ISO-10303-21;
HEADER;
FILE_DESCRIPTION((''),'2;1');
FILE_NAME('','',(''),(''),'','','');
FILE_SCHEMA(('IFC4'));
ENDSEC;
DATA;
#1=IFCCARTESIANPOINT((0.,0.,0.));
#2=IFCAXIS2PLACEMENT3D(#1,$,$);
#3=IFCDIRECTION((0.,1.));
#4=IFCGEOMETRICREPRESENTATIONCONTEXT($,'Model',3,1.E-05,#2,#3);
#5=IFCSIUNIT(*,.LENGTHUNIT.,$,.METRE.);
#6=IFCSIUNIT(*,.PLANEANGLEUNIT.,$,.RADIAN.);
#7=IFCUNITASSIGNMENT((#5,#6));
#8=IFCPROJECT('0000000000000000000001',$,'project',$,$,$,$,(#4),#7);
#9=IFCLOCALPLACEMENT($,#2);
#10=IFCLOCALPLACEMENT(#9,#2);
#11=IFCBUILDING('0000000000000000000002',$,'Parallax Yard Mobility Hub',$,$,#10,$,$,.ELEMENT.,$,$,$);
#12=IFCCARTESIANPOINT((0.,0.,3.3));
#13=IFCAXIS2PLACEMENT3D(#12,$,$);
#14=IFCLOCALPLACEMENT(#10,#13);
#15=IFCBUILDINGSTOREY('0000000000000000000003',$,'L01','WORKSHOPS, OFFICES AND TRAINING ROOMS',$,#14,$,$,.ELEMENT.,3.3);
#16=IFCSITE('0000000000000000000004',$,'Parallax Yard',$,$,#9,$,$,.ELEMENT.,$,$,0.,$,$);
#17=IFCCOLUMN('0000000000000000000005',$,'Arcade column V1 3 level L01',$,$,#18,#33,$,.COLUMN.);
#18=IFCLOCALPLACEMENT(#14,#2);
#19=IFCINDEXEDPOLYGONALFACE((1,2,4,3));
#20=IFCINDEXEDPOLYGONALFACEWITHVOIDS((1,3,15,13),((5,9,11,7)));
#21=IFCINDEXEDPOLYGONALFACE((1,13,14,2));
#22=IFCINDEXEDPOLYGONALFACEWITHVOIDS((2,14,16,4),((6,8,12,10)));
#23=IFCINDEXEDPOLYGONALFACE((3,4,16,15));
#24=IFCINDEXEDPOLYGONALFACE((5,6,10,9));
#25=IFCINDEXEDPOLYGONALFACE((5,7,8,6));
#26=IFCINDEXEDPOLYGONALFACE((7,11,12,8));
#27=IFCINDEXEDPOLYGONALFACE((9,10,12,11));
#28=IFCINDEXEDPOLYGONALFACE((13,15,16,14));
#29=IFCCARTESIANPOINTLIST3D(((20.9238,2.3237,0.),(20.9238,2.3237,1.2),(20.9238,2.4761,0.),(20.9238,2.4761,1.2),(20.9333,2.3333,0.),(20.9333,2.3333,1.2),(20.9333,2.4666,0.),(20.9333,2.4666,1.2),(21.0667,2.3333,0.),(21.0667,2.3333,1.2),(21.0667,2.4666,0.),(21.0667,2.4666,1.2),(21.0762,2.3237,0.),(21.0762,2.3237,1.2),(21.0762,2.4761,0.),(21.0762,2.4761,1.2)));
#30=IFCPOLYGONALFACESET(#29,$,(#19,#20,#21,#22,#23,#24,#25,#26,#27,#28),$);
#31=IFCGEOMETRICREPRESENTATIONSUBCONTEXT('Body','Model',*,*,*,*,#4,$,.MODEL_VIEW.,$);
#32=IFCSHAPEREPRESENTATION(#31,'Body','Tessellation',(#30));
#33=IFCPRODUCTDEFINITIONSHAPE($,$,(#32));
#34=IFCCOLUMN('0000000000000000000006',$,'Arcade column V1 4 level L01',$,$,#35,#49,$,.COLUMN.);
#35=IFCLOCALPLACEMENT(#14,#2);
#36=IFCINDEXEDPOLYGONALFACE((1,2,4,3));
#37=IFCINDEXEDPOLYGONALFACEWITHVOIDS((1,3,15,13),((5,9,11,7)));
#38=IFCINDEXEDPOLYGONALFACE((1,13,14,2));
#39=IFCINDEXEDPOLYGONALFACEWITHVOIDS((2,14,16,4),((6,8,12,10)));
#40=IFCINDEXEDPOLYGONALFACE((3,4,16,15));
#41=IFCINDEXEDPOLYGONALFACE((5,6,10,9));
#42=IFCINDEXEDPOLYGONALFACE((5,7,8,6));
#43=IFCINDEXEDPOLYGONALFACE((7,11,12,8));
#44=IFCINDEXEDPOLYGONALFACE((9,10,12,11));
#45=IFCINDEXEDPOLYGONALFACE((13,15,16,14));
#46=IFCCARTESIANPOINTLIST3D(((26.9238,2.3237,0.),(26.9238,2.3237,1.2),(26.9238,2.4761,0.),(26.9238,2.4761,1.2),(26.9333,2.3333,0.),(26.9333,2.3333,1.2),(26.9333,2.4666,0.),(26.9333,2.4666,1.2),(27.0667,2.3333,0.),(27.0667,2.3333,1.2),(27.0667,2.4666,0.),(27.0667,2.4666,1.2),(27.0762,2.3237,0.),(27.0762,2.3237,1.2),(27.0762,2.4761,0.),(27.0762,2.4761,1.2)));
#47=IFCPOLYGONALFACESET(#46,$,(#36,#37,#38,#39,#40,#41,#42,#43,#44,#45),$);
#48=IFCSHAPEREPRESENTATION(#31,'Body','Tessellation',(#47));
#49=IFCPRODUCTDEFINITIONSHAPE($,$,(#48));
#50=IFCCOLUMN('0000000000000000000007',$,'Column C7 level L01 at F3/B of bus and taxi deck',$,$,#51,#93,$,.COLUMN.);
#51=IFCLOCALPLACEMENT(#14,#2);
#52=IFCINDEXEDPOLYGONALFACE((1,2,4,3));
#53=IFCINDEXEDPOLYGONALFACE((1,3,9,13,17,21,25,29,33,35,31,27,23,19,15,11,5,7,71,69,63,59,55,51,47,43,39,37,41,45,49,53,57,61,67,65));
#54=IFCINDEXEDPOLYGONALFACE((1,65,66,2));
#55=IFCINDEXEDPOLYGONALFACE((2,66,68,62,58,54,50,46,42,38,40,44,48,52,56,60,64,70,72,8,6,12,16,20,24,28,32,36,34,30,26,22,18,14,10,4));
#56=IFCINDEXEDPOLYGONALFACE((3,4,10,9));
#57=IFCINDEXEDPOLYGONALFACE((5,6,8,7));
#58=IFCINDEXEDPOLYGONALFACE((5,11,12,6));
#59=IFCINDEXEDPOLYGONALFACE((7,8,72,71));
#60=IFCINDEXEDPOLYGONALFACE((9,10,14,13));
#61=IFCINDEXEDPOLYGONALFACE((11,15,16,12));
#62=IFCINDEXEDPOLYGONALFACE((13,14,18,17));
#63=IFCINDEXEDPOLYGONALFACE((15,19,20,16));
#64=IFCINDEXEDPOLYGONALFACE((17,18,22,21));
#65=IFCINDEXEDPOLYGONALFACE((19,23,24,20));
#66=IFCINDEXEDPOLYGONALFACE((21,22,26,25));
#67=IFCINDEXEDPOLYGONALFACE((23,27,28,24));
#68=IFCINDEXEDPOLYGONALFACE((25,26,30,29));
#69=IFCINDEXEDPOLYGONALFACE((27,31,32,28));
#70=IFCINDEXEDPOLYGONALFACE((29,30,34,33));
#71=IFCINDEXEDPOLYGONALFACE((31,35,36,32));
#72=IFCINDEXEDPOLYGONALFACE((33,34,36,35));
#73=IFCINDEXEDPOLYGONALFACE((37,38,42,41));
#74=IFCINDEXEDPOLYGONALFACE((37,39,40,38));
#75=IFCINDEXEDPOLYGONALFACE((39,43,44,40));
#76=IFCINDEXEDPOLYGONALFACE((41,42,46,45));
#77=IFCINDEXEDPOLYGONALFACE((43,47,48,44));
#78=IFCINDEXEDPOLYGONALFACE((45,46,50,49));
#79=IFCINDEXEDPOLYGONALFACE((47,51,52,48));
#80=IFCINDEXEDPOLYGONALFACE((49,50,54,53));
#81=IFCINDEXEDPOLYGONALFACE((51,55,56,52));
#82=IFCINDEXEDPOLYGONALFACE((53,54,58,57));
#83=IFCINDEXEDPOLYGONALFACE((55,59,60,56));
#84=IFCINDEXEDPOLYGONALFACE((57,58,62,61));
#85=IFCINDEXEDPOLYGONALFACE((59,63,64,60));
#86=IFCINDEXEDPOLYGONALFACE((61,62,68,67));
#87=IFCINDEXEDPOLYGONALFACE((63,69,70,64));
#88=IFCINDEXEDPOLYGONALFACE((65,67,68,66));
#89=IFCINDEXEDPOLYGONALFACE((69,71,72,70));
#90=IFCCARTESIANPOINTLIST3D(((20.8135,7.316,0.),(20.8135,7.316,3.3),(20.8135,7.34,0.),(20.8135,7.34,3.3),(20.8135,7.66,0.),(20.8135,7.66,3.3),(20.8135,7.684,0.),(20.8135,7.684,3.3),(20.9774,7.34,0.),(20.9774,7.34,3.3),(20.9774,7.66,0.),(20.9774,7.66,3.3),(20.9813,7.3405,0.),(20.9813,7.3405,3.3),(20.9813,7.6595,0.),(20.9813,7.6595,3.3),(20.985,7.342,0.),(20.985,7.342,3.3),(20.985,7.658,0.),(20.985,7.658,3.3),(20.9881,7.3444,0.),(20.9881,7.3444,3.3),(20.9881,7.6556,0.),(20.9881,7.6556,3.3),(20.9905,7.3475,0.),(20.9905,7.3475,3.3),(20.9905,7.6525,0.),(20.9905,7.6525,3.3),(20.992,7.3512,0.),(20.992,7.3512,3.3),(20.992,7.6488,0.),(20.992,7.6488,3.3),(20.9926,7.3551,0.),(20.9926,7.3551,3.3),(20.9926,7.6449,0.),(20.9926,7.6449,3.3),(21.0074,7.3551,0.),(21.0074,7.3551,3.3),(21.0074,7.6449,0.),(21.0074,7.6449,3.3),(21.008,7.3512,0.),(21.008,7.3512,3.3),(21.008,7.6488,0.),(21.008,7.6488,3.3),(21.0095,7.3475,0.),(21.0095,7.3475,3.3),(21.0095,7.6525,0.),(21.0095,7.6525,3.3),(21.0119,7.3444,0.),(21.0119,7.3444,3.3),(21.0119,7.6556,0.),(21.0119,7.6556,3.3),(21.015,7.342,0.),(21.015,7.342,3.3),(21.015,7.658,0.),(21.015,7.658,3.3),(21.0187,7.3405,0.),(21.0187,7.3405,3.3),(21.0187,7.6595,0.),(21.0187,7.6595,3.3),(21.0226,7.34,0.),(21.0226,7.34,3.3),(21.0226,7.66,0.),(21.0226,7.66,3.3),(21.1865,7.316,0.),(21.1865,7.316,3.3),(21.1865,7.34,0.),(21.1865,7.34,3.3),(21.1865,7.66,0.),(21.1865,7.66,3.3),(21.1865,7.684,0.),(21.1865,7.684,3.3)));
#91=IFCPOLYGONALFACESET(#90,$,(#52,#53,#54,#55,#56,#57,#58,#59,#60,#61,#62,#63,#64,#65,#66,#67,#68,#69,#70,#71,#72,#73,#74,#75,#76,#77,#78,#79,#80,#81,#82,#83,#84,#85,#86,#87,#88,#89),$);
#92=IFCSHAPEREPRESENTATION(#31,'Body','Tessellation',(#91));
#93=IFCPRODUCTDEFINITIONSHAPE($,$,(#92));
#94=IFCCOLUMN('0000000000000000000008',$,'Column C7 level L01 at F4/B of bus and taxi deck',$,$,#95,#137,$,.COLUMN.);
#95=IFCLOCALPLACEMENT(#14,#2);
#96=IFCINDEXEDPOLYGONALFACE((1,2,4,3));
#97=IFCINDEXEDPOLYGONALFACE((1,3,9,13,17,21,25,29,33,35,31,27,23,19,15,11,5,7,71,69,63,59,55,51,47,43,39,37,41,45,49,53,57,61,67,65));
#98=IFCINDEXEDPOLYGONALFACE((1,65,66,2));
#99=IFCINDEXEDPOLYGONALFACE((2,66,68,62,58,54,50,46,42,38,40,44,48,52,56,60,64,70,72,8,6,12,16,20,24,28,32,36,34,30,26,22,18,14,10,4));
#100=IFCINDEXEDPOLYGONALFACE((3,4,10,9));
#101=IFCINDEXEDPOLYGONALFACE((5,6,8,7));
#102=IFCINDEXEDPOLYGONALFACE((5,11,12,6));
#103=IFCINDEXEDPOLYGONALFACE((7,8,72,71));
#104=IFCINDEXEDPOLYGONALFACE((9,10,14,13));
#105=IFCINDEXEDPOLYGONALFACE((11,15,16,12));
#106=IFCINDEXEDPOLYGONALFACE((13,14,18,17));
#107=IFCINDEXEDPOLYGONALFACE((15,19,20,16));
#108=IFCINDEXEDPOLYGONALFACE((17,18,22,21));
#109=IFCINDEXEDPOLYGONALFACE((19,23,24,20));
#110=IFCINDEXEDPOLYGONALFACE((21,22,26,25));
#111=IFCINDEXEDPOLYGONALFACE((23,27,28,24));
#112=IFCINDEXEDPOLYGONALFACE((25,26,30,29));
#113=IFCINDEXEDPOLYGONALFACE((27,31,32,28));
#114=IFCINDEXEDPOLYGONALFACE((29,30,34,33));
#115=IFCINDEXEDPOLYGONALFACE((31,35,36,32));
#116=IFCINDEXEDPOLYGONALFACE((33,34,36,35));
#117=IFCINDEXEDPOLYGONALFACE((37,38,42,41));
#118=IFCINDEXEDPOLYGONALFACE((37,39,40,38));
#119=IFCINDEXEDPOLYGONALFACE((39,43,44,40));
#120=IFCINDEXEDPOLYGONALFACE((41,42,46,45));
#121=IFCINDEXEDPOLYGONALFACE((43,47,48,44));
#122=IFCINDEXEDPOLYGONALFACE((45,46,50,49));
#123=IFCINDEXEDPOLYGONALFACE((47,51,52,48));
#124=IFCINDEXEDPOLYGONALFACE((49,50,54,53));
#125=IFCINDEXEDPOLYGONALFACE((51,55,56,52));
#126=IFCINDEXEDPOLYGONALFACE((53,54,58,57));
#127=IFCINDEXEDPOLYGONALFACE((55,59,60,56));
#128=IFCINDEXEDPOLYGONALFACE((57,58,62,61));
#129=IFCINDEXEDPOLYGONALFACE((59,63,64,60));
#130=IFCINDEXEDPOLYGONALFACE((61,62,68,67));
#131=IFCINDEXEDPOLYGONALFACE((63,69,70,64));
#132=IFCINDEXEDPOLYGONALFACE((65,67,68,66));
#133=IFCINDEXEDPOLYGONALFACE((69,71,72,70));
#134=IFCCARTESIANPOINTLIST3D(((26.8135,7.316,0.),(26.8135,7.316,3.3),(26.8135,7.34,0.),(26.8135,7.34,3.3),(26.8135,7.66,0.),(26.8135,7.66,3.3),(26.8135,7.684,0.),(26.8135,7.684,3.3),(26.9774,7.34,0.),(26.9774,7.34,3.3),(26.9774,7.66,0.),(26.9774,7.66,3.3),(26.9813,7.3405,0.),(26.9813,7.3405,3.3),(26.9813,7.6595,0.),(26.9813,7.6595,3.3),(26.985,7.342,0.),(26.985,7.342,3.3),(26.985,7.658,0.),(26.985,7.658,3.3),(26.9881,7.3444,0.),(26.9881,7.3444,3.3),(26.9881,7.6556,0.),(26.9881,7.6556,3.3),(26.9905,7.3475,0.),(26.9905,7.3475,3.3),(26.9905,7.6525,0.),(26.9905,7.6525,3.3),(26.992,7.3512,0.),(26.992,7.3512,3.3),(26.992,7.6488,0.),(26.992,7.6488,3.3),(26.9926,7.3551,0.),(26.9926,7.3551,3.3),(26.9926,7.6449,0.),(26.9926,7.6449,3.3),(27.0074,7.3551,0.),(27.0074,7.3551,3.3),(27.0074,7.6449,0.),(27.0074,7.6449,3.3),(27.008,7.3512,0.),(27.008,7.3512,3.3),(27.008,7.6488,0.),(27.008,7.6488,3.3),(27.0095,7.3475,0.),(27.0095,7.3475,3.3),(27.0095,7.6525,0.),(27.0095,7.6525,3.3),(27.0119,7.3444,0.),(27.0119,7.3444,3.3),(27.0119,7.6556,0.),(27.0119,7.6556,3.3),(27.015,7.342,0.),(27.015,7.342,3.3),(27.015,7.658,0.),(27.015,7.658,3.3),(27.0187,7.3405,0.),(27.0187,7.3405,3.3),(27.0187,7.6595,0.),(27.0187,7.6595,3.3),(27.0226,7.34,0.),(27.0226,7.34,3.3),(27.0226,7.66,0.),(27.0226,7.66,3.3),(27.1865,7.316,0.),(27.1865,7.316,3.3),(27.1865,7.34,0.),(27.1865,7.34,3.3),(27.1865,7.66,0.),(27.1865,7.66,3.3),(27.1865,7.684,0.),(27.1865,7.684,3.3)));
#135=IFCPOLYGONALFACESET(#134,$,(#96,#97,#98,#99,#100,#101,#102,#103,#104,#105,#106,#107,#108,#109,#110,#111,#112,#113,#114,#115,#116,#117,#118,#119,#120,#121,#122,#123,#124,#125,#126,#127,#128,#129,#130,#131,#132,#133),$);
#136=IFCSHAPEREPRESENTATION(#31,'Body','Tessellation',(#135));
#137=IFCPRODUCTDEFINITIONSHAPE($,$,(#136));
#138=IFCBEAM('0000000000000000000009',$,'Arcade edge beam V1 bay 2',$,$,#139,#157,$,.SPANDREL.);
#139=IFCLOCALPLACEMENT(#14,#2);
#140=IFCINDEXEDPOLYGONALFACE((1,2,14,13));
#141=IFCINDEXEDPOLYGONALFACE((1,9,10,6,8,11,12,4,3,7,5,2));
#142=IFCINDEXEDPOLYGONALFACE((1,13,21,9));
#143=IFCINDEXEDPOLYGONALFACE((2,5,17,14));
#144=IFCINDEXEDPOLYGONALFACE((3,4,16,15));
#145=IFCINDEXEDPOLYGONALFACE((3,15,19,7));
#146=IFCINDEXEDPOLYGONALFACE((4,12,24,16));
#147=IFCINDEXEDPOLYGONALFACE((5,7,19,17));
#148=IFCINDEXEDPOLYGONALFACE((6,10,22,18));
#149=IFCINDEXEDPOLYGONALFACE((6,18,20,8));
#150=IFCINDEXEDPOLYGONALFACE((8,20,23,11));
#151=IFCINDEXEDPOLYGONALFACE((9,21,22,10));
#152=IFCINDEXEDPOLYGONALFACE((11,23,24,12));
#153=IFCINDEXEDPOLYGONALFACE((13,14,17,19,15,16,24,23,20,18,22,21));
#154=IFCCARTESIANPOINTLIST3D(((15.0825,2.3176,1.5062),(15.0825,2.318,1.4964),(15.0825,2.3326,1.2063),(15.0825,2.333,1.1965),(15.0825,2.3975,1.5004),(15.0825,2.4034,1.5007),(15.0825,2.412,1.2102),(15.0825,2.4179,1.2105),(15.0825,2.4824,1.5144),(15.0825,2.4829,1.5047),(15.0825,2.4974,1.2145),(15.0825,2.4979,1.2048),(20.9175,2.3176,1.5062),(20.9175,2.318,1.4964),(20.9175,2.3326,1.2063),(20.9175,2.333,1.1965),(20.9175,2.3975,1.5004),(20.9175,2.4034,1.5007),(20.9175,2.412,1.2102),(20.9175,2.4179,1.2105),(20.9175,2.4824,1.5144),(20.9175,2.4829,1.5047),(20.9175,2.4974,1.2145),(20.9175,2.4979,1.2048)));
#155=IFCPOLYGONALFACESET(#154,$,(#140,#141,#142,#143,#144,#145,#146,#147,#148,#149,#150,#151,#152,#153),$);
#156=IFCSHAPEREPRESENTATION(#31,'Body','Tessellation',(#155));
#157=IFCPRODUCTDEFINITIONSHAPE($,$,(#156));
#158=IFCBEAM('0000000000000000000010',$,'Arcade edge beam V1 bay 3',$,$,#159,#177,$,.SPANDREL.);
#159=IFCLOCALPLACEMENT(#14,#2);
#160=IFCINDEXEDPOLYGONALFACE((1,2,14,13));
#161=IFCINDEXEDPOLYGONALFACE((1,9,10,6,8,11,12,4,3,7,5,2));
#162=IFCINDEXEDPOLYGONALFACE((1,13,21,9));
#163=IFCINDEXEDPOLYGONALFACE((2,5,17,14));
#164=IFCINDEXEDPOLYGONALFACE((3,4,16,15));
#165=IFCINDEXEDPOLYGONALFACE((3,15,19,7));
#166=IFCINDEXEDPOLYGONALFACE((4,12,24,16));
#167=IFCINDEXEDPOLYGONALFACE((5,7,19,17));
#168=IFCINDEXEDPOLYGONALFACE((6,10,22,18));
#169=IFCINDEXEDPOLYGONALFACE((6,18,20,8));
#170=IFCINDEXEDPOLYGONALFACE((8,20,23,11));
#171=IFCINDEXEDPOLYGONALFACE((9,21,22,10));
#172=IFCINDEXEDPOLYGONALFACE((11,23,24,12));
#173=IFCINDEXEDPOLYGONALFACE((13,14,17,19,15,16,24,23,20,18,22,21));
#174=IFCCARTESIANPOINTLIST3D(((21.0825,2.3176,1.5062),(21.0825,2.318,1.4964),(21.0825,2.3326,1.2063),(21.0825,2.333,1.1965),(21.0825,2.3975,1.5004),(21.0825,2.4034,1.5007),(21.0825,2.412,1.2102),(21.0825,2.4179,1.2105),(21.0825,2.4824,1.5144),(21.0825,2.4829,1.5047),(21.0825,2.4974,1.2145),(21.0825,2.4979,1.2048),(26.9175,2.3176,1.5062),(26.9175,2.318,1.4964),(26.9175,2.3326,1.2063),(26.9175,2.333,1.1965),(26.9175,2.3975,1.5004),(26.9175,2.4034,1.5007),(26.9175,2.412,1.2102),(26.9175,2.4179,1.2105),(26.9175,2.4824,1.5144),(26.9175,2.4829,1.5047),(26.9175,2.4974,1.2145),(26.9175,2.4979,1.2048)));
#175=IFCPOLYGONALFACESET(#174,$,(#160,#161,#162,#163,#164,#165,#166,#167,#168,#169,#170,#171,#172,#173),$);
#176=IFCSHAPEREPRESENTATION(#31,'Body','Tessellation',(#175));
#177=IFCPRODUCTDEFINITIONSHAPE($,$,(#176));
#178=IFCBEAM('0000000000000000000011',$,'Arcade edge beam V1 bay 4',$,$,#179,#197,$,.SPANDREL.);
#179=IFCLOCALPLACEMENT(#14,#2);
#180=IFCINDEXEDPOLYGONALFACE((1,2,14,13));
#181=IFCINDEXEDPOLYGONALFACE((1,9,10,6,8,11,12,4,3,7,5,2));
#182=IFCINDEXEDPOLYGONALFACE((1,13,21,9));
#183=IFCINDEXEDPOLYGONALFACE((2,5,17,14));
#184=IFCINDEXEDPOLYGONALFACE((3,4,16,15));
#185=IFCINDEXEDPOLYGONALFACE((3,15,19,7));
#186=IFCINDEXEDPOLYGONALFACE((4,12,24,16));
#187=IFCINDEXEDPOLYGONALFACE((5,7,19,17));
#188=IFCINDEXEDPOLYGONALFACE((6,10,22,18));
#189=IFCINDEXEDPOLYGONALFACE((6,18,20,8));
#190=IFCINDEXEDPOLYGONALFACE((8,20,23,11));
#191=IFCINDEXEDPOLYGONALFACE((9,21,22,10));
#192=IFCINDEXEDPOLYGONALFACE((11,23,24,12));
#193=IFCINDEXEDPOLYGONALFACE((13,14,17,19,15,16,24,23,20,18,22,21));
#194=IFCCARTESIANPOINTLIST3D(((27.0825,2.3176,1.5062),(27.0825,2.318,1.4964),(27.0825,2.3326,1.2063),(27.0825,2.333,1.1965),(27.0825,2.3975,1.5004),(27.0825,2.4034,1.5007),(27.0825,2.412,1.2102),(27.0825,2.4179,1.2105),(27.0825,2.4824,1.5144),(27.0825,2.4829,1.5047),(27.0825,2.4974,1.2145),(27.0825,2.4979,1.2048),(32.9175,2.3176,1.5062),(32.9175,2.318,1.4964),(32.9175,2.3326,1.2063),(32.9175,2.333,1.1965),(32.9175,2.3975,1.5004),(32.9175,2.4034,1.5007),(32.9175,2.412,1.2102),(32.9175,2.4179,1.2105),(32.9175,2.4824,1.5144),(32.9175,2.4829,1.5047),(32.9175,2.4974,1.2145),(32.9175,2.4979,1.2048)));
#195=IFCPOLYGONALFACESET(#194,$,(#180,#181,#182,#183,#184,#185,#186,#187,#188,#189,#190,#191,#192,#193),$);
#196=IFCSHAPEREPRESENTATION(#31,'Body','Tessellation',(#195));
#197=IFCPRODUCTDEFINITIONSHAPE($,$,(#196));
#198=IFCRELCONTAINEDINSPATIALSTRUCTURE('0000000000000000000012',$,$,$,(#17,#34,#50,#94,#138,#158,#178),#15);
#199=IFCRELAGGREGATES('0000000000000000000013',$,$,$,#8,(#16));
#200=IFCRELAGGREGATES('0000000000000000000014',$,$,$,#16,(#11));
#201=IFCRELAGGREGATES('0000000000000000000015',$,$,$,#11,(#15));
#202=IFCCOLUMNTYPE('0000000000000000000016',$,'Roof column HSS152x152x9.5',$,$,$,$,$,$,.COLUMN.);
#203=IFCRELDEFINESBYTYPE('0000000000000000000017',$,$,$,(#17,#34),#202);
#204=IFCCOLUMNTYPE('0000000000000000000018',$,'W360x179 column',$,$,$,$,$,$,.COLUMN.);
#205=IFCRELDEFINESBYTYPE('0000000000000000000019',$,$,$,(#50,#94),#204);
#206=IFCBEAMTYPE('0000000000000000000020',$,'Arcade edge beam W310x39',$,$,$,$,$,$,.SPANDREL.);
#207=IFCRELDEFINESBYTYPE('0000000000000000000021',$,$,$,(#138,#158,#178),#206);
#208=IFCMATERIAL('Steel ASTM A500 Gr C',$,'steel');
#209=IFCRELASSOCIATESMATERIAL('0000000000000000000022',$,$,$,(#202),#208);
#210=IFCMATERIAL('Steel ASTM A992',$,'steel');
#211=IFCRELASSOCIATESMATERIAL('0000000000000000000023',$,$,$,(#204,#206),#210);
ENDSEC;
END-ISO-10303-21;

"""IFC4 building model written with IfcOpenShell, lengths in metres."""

from ifc_helpers import new_model, si_unit, direction, frame, origin, origin_2d, place, context, subcontext, project, spatial, hollow_rectangle, i_section, extrude, material, material_profile, profile_set, type_object, element, save


model = new_model("IFC4")

# Units and contexts
model_context = context("Model", 3, precision=1e-05, world=origin(), true_north=direction((0.0, 1.0)))
body_context = subcontext(model_context, "Body", "Model", "MODEL_VIEW")
ifc_project = project(units=[si_unit("LENGTHUNIT", "METRE"), si_unit("PLANEANGLEUNIT", "RADIAN")], contexts=[model_context])

# Site, building, storey
site_placement = place(None, origin())
site = spatial("IfcSite", under=ifc_project, at=site_placement, Name="Parallax Yard", CompositionType="ELEMENT", RefElevation=0.0)
building_placement = place(site_placement, origin())
building = spatial("IfcBuilding", under=site, at=building_placement, Name="Parallax Yard Mobility Hub", CompositionType="ELEMENT")
storey_placement = place(building_placement, frame((0.0, 0.0, 3.3)))
storey = spatial("IfcBuildingStorey", under=building, at=storey_placement, Name="L01", Description="WORKSHOPS, OFFICES AND TRAINING ROOMS", CompositionType="ELEMENT", Elevation=3.3)

# Columns
ifc_material_1 = material(Name="Steel ASTM A500 Gr C", Category="steel")
ifc_material_profile_1 = material_profile(ifc_material_1, hollow_rectangle(XDim=0.1523, YDim=0.1523, WallThickness=0.0095, at=origin_2d()), Name="HSS152x152x9.5")
ifc_profile_set_1 = profile_set([ifc_material_profile_1], Name="Steel ASTM A500 Gr C")
column_type_1 = type_object("IfcColumnType", Name="Roof column HSS152x152x9.5", PredefinedType="COLUMN", material=ifc_profile_set_1)
for number, where, z_axis, x_axis, name in (
    (1, (21.0, 2.3999, 0.0), (0.0, 0.0, 1.0), (1.0, 0.0, 0.0), "Arcade column V1 3 level L01"),
    (2, (27.0, 2.3999, 0.0), (0.0, 0.0, 1.0), (1.0, 0.0, 0.0), "Arcade column V1 4 level L01"),
):
    element("IfcColumn", number, at=place(storey_placement, frame(where, z_axis=z_axis, x_axis=x_axis)), inside=storey, type_object=column_type_1, Name=name, PredefinedType="COLUMN", context=body_context, shape_type="SweptSolid", body=[
        extrude(hollow_rectangle(XDim=0.1523, YDim=0.1523, WallThickness=0.0095, at=origin_2d()), origin(), (0.0, 0.0, 1.0), 1.2),
    ])
ifc_material_2 = material(Name="Steel ASTM A992", Category="steel")
ifc_material_profile_2 = material_profile(ifc_material_2, i_section(OverallWidth=0.373, OverallDepth=0.3679, WebThickness=0.0149, FlangeThickness=0.0239, FilletRadius=0.0151, at=origin_2d()), Name="W360x179")
ifc_profile_set_2 = profile_set([ifc_material_profile_2], Name="Steel ASTM A992")
column_type_2 = type_object("IfcColumnType", Name="W360x179 column", PredefinedType="COLUMN", material=ifc_profile_set_2)
for number, where, z_axis, x_axis, name in (
    (3, (21.0, 7.5, 0.0), (0.0, 0.0, 1.0), (1.0, 0.0, 0.0), "Column C7 level L01 at F3/B of bus and taxi deck"),
    (4, (27.0, 7.5, 0.0), (0.0, 0.0, 1.0), (1.0, 0.0, 0.0), "Column C7 level L01 at F4/B of bus and taxi deck"),
):
    element("IfcColumn", number, at=place(storey_placement, frame(where, z_axis=z_axis, x_axis=x_axis)), inside=storey, type_object=column_type_2, Name=name, PredefinedType="COLUMN", context=body_context, shape_type="SweptSolid", body=[
        extrude(i_section(OverallWidth=0.373, OverallDepth=0.3679, WebThickness=0.0149, FlangeThickness=0.0239, FilletRadius=0.0151, at=origin_2d()), origin(), (0.0, 0.0, 1.0), 3.3),
    ])

# Beams
ifc_material_profile_3 = material_profile(ifc_material_2, i_section(OverallWidth=0.165, OverallDepth=0.3101, WebThickness=0.0059, FlangeThickness=0.0098, at=origin_2d()), Name="W310x39")
ifc_profile_set_3 = profile_set([ifc_material_profile_3], Name="Steel ASTM A992")
beam_type = type_object("IfcBeamType", Name="Arcade edge beam W310x39", PredefinedType="SPANDREL", material=ifc_profile_set_3)
for number, where, z_axis, x_axis, name in (
    (5, (15.0825, 2.4077, 1.3555), (1.0, 0.0, 0.0), (0.0, 0.998752, 0.049938), "Arcade edge beam V1 bay 2"),
    (6, (21.0825, 2.4077, 1.3555), (1.0, 0.0, 0.0), (0.0, 0.998752, 0.049938), "Arcade edge beam V1 bay 3"),
    (7, (27.0825, 2.4077, 1.3555), (1.0, 0.0, 0.0), (0.0, 0.998752, 0.049938), "Arcade edge beam V1 bay 4"),
):
    element("IfcBeam", number, at=place(storey_placement, frame(where, z_axis=z_axis, x_axis=x_axis)), inside=storey, type_object=beam_type, Name=name, PredefinedType="SPANDREL", context=body_context, shape_type="SweptSolid", body=[
        extrude(i_section(OverallWidth=0.165, OverallDepth=0.3101, WebThickness=0.0059, FlangeThickness=0.0098, at=origin_2d()), origin(), (0.0, 0.0, 1.0), 5.835),
    ])

save(model, "model.ifc")
